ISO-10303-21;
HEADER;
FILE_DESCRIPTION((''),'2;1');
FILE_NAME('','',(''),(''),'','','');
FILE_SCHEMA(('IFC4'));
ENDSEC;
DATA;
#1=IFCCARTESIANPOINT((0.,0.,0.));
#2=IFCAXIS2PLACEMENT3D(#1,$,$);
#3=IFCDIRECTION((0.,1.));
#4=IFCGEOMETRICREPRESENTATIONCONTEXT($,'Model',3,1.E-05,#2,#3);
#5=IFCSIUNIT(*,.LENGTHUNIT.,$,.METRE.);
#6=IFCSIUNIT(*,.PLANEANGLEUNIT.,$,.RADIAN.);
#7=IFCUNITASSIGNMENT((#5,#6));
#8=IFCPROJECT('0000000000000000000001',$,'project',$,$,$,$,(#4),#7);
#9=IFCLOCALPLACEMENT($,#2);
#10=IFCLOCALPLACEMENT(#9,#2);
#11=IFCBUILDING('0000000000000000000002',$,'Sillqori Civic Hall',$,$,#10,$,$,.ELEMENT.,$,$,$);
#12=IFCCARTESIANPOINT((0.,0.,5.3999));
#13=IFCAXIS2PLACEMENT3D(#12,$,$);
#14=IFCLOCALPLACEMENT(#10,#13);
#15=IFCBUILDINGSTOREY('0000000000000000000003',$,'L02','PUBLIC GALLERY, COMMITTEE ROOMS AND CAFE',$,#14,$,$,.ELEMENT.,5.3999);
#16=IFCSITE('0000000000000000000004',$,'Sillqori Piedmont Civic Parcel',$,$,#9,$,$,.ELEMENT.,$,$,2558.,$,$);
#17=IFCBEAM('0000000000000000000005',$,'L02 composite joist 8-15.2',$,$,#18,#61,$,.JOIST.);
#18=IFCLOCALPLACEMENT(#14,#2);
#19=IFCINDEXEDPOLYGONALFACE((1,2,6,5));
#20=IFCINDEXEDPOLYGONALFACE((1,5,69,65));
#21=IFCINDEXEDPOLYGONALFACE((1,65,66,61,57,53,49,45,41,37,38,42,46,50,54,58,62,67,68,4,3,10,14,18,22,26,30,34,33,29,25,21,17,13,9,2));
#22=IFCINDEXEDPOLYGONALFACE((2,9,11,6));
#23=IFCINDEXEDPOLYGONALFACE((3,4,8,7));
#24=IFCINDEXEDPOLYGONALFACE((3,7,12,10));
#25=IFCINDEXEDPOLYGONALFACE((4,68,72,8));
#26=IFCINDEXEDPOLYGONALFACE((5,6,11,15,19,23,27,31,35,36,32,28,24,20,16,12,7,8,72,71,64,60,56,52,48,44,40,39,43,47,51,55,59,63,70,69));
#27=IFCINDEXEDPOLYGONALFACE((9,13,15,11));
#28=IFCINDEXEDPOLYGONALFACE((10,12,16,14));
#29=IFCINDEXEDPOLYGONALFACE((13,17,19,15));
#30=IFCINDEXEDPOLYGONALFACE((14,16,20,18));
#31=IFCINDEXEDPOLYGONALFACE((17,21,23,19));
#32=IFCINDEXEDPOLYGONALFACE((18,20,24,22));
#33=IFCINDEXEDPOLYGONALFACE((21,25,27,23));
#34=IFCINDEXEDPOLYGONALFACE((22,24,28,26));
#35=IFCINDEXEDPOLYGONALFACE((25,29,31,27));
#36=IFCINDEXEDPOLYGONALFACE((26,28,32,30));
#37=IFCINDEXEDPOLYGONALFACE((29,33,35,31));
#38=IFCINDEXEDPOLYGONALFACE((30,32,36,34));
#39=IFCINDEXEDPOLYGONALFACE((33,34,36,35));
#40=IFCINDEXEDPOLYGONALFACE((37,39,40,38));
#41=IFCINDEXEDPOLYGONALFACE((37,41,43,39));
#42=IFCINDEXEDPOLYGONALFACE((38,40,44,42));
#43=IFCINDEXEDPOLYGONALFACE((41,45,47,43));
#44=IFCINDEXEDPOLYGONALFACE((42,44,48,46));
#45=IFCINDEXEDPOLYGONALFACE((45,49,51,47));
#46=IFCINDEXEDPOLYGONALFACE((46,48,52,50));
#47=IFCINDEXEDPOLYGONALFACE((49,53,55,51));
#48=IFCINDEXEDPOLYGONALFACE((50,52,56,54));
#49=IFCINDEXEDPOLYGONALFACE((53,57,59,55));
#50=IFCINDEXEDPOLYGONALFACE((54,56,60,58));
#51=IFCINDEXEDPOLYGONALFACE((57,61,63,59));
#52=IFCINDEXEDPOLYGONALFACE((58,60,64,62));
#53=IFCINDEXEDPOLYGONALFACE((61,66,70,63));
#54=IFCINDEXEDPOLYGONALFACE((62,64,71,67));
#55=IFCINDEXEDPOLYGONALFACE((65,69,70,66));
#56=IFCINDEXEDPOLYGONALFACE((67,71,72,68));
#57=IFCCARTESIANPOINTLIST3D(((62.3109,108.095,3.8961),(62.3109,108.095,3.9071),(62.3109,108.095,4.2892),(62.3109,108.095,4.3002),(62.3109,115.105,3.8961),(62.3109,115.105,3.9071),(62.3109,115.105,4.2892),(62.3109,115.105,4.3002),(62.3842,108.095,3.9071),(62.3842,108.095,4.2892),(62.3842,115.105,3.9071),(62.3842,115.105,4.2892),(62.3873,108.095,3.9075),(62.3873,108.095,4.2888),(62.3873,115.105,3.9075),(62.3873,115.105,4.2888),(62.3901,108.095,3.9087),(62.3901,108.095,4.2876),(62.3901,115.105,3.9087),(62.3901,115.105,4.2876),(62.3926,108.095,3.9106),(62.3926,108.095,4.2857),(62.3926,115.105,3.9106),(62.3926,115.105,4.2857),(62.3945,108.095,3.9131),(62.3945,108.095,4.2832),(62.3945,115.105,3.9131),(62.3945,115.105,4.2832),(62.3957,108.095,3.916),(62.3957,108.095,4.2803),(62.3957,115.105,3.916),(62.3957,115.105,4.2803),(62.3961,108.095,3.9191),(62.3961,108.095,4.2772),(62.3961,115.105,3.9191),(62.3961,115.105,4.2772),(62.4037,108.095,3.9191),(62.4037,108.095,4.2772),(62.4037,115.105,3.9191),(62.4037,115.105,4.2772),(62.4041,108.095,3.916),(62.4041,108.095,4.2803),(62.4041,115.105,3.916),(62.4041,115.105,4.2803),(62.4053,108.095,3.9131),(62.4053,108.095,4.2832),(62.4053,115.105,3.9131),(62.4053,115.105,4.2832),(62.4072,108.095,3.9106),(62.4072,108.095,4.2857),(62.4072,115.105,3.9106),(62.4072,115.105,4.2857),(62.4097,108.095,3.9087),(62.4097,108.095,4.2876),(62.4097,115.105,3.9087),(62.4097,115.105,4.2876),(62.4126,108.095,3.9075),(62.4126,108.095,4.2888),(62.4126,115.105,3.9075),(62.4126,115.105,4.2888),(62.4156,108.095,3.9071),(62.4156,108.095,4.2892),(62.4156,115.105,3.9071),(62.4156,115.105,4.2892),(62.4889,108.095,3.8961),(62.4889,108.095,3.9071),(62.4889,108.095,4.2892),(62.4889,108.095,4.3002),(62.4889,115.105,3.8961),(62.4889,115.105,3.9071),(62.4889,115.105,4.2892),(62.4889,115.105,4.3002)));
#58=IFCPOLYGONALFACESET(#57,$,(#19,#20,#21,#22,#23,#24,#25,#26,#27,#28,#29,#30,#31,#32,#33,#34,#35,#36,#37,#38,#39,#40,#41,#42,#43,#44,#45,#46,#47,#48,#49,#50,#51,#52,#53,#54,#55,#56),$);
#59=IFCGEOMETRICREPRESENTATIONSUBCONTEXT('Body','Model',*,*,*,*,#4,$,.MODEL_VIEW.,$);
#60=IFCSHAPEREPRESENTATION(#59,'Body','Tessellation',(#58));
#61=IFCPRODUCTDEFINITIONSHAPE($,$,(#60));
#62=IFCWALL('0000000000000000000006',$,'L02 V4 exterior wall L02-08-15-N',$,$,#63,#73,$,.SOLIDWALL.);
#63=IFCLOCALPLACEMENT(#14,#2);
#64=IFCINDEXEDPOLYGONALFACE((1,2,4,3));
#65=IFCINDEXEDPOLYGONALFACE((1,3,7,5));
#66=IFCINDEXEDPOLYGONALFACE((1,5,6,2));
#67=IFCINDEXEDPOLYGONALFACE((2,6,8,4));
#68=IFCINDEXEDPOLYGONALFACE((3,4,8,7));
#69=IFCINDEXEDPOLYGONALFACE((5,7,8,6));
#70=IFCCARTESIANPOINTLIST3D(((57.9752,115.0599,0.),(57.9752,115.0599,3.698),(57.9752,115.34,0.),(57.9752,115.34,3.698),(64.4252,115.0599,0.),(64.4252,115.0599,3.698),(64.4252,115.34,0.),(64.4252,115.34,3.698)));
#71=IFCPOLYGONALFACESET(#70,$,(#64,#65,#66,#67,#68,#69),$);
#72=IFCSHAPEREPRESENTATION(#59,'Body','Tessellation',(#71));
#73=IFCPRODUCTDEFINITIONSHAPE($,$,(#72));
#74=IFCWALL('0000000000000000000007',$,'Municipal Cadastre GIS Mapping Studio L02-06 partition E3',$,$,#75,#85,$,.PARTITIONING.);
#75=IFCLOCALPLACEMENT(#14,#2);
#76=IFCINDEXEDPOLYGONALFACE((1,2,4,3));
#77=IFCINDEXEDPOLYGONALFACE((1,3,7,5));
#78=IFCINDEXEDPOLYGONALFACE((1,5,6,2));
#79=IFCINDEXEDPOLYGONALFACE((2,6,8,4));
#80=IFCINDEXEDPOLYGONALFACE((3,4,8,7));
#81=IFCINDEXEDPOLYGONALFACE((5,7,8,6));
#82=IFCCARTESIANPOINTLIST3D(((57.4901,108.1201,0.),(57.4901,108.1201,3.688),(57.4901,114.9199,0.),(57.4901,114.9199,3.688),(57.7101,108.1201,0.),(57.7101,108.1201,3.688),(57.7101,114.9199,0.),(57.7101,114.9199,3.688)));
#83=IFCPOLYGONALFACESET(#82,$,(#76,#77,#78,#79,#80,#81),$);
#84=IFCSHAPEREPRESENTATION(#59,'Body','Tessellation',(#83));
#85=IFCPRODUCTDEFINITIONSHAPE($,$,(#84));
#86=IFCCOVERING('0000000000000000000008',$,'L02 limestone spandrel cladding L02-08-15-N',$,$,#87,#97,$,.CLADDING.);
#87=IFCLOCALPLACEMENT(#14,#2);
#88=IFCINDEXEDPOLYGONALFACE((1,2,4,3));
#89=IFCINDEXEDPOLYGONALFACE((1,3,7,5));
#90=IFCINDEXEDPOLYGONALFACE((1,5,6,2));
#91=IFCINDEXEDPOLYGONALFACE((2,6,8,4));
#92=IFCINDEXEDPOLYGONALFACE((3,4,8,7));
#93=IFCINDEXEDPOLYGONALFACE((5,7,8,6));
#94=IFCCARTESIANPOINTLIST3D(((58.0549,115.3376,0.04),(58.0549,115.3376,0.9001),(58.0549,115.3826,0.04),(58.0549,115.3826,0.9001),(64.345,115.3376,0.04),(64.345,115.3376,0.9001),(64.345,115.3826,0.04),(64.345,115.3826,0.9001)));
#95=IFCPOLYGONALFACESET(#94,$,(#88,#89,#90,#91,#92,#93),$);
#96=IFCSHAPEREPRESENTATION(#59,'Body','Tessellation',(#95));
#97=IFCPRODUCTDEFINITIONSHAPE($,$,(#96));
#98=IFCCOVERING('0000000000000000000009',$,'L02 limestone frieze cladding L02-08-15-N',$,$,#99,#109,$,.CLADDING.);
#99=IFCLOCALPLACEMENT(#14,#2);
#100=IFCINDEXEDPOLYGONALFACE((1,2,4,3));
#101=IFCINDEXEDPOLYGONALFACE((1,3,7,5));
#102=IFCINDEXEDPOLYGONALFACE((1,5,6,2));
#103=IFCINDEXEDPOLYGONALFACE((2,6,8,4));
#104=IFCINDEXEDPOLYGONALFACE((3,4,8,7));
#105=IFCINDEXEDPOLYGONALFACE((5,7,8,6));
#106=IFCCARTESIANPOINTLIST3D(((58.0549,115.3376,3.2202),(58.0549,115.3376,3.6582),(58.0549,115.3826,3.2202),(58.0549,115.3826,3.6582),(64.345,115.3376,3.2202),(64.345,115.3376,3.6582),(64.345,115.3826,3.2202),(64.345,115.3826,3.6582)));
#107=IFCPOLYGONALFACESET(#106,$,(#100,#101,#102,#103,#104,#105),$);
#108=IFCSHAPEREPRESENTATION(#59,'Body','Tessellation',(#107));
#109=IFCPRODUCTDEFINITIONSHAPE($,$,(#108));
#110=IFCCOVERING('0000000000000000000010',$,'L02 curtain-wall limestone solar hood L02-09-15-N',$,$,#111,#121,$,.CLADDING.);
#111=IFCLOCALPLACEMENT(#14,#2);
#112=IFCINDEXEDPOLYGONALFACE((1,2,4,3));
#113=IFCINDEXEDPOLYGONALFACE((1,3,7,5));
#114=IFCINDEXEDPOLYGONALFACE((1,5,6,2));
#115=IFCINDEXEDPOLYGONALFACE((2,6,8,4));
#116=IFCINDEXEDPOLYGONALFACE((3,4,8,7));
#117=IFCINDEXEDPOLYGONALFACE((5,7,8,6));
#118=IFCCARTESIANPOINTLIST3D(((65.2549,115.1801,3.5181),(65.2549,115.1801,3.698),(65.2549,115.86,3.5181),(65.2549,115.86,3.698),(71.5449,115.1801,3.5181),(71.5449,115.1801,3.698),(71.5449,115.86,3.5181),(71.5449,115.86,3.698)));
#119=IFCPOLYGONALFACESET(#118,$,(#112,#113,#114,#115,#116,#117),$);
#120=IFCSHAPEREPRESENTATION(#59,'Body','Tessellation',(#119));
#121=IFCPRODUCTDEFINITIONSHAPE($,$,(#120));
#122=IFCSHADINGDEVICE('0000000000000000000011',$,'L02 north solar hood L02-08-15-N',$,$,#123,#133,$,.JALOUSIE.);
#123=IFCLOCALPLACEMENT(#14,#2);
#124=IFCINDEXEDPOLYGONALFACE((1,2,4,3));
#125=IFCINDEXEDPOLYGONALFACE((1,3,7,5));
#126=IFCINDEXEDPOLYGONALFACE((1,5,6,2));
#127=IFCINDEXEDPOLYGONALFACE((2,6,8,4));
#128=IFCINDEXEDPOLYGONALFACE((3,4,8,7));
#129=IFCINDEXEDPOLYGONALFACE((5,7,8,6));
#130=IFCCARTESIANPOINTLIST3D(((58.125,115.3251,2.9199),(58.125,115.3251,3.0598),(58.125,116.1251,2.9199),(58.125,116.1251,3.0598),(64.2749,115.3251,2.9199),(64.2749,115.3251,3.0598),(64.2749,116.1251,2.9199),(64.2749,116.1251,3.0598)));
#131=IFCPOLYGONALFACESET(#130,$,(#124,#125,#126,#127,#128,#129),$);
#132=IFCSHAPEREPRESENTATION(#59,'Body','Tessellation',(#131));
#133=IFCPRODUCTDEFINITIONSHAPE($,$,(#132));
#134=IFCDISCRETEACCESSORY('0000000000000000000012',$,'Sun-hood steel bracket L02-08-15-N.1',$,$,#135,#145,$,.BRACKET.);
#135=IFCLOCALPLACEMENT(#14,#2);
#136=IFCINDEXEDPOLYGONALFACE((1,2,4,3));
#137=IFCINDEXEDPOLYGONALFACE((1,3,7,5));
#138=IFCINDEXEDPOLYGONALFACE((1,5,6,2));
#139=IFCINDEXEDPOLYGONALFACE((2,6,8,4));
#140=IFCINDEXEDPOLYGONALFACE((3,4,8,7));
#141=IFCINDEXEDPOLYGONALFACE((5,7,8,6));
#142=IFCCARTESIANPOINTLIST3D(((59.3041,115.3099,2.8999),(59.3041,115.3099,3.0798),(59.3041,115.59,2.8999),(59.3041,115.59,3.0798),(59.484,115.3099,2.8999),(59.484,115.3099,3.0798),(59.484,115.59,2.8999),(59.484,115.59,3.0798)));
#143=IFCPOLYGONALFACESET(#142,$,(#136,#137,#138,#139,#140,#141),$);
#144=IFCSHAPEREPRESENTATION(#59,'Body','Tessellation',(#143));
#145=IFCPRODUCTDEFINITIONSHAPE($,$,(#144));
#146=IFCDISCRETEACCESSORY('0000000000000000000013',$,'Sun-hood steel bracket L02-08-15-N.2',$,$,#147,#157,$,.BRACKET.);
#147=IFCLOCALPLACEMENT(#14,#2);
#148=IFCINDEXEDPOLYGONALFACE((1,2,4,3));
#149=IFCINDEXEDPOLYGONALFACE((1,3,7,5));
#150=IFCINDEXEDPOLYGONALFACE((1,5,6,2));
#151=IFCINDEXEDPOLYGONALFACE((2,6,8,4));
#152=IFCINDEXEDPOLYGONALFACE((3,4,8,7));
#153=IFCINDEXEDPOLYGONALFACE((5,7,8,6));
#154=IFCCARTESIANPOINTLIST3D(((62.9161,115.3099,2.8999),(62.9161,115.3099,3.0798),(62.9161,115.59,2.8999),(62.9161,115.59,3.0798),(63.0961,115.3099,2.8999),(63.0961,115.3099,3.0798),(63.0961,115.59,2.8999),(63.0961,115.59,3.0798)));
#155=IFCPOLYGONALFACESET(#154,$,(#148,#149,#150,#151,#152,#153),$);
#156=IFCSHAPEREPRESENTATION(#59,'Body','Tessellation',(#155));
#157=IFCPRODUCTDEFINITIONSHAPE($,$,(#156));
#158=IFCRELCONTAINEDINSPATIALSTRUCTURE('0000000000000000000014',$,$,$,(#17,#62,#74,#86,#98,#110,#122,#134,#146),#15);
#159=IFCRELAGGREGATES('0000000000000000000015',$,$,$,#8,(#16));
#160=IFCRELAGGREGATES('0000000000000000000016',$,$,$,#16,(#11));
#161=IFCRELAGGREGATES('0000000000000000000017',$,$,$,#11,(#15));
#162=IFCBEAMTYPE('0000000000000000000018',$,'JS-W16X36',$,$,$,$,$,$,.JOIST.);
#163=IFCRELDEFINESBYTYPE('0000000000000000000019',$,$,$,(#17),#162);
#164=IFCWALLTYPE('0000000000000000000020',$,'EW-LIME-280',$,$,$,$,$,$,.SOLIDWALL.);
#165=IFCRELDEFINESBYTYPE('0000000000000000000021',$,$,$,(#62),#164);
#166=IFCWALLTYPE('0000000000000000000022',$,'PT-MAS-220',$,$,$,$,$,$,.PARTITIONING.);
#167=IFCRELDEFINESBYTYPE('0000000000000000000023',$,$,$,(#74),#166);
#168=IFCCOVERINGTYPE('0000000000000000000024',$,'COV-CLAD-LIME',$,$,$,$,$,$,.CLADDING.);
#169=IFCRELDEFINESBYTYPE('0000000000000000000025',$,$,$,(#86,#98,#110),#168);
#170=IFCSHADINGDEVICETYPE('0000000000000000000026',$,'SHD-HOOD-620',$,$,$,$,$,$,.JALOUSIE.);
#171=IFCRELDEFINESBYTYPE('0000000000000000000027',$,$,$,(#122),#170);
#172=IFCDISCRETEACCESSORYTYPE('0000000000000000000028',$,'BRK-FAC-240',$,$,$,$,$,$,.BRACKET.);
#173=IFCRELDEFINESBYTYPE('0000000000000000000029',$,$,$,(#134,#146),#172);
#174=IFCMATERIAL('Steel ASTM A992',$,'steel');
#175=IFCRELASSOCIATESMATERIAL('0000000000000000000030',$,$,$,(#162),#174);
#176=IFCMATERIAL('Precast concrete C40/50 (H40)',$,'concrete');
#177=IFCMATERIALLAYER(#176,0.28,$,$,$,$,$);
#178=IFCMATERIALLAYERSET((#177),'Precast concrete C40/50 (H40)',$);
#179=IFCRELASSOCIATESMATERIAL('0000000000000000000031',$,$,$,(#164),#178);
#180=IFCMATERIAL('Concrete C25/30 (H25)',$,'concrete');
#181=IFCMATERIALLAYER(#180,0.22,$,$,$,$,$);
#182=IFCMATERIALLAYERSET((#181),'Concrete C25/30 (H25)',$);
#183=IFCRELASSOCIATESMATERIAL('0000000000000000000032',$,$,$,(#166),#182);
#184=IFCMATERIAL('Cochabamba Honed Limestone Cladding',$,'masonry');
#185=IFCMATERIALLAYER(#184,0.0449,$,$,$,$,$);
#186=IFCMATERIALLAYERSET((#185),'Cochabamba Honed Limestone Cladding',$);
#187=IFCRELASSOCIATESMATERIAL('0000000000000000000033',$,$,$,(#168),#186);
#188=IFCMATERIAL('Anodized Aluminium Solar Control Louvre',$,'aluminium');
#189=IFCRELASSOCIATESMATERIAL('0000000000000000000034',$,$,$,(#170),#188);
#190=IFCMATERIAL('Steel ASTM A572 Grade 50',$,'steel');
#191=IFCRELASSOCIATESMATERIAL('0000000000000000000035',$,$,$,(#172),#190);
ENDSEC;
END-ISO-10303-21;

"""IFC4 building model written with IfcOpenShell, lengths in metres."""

from ifc_helpers import new_model, si_unit, direction, frame, frame_2d, origin, origin_2d, place, context, subcontext, project, spatial, rectangle, i_section, extrude, material, layer, layer_set, material_profile, profile_set, type_object, element, save


model = new_model("IFC4")

# Units and contexts
model_context = context("Model", 3, precision=1e-05, world=origin(), true_north=direction((0.0, 1.0)))
body_context = subcontext(model_context, "Body", "Model", "MODEL_VIEW")
ifc_project = project(units=[si_unit("LENGTHUNIT", "METRE"), si_unit("PLANEANGLEUNIT", "RADIAN")], contexts=[model_context])

# Site, building, storey
site_placement = place(None, origin())
site = spatial("IfcSite", under=ifc_project, at=site_placement, Name="Sillqori Piedmont Civic Parcel", CompositionType="ELEMENT", RefElevation=2558.0)
building_placement = place(site_placement, origin())
building = spatial("IfcBuilding", under=site, at=building_placement, Name="Sillqori Civic Hall", CompositionType="ELEMENT")
storey_placement = place(building_placement, frame((0.0, 0.0, 5.3999)))
storey = spatial("IfcBuildingStorey", under=building, at=storey_placement, Name="L02", Description="PUBLIC GALLERY, COMMITTEE ROOMS AND CAFE", CompositionType="ELEMENT", Elevation=5.3999)

# Shared definitions
ifc_material_1 = material(Name="Steel ASTM A992", Category="steel")

# Beam
ifc_material_profile_1 = material_profile(ifc_material_1, i_section(OverallWidth=0.178, OverallDepth=0.4041, WebThickness=0.0076, FlangeThickness=0.011, FilletRadius=0.012, at=origin_2d()), Name="W16X36")
ifc_profile_set_1 = profile_set([ifc_material_profile_1], Name="Steel ASTM A992")
beam_type_1 = type_object("IfcBeamType", Name="JS-W16X36", PredefinedType="JOIST", material=ifc_profile_set_1)
for number, where, z_axis, x_axis, name in (
    (1, (62.3999, 108.095, 4.0981), (0.0, 1.0, 0.0), (-1.0, 0.0, 0.0), "L02 composite joist 8-15.2"),
):
    element("IfcBeam", number, at=place(storey_placement, frame(where, z_axis=z_axis, x_axis=x_axis)), inside=storey, type_object=beam_type_1, Name=name, PredefinedType="JOIST", context=body_context, shape_type="SweptSolid", body=[
        extrude(i_section(OverallWidth=0.178, OverallDepth=0.4041, WebThickness=0.0076, FlangeThickness=0.011, FilletRadius=0.012, at=origin_2d()), origin(), (0.0, 0.0, 1.0), 7.01),
    ])

# Walls
ifc_material_2 = material(Name="Precast concrete C40/50 (H40)", Category="concrete")
ifc_layer_1 = layer(ifc_material_2, 0.28)
ifc_layer_set_1 = layer_set([ifc_layer_1], Name="Precast concrete C40/50 (H40)")
wall_type_1 = type_object("IfcWallType", Name="EW-LIME-280", PredefinedType="SOLIDWALL", material=ifc_layer_set_1)
wall_1_placement = place(storey_placement, frame((57.9751, 115.2, 0.0), z_axis=(0.0, 0.0, 1.0), x_axis=(1.0, 0.0, 0.0)))
element("IfcWall", 2, at=wall_1_placement, inside=storey, type_object=wall_type_1, Name="L02 V4 exterior wall L02-08-15-N", PredefinedType="SOLIDWALL", context=body_context, shape_type="SweptSolid", body=[
    extrude(rectangle(XDim=6.45, YDim=0.28, at=frame_2d((3.2251, 0.0))), origin(), (0.0, 0.0, 1.0), 3.698),
])
ifc_material_3 = material(Name="Concrete C25/30 (H25)", Category="concrete")
ifc_layer_2 = layer(ifc_material_3, 0.22)
ifc_layer_set_2 = layer_set([ifc_layer_2], Name="Concrete C25/30 (H25)")
wall_type_2 = type_object("IfcWallType", Name="PT-MAS-220", PredefinedType="PARTITIONING", material=ifc_layer_set_2)
wall_2_placement = place(storey_placement, frame((57.6001, 114.9199, 0.0), z_axis=(0.0, 0.0, 1.0), x_axis=(0.0, -1.0, 0.0)))
element("IfcWall", 3, at=wall_2_placement, inside=storey, type_object=wall_type_2, Name="Municipal Cadastre GIS Mapping Studio L02-06 partition E3", PredefinedType="PARTITIONING", context=body_context, shape_type="SweptSolid", body=[
    extrude(rectangle(XDim=6.7998, YDim=0.22, at=frame_2d((3.3999, 0.0))), origin(), (0.0, 0.0, 1.0), 3.688),
])

# Coverings
ifc_material_4 = material(Name="Cochabamba Honed Limestone Cladding", Category="masonry")
ifc_layer_3 = layer(ifc_material_4, 0.0449)
ifc_layer_set_3 = layer_set([ifc_layer_3], Name="Cochabamba Honed Limestone Cladding")
covering_type = type_object("IfcCoveringType", Name="COV-CLAD-LIME", PredefinedType="CLADDING", material=ifc_layer_set_3)
covering_1_placement = place(storey_placement, frame((58.0549, 115.3601, 0.04), z_axis=(0.0, 0.0, 1.0), x_axis=(1.0, 0.0, 0.0)))
element("IfcCovering", 4, at=covering_1_placement, inside=storey, type_object=covering_type, Name="L02 limestone spandrel cladding L02-08-15-N", PredefinedType="CLADDING", context=body_context, shape_type="SweptSolid", body=[
    extrude(rectangle(XDim=6.29, YDim=0.0449, at=frame_2d((3.145, 0.0))), origin(), (0.0, 0.0, 1.0), 0.8601),
])
covering_2_placement = place(storey_placement, frame((58.0549, 115.3601, 3.2202), z_axis=(0.0, 0.0, 1.0), x_axis=(1.0, 0.0, 0.0)))
element("IfcCovering", 5, at=covering_2_placement, inside=storey, type_object=covering_type, Name="L02 limestone frieze cladding L02-08-15-N", PredefinedType="CLADDING", context=body_context, shape_type="SweptSolid", body=[
    extrude(rectangle(XDim=6.29, YDim=0.0449, at=frame_2d((3.145, 0.0))), origin(), (0.0, 0.0, 1.0), 0.438),
])
covering_3_placement = place(storey_placement, frame((65.2549, 115.52, 3.5181), z_axis=(0.0, 0.0, 1.0), x_axis=(1.0, 0.0, 0.0)))
element("IfcCovering", 6, at=covering_3_placement, inside=storey, type_object=covering_type, Name="L02 curtain-wall limestone solar hood L02-09-15-N", PredefinedType="CLADDING", context=body_context, shape_type="SweptSolid", body=[
    extrude(rectangle(XDim=6.29, YDim=0.6799, at=frame_2d((3.145, 0.0))), origin(), (0.0, 0.0, 1.0), 0.1799),
])

# Shading device
ifc_material_5 = material(Name="Anodized Aluminium Solar Control Louvre", Category="aluminium")
shading_device_type = type_object("IfcShadingDeviceType", Name="SHD-HOOD-620", PredefinedType="JALOUSIE", material=ifc_material_5)
shading_device_placement = place(storey_placement, frame((61.2, 115.7251, 2.9199), z_axis=(0.0, 0.0, 1.0), x_axis=(1.0, 0.0, 0.0)))
element("IfcShadingDevice", 7, at=shading_device_placement, inside=storey, type_object=shading_device_type, Name="L02 north solar hood L02-08-15-N", PredefinedType="JALOUSIE", context=body_context, shape_type="SweptSolid", body=[
    extrude(rectangle(XDim=6.1499, YDim=0.8, at=origin_2d()), origin(), (0.0, 0.0, 1.0), 0.1399),
])

# Discrete accessories
ifc_material_6 = material(Name="Steel ASTM A572 Grade 50", Category="steel")
discrete_accessory_type = type_object("IfcDiscreteAccessoryType", Name="BRK-FAC-240", PredefinedType="BRACKET", material=ifc_material_6)
for number, where, z_axis, x_axis, name in (
    (8, (59.394, 115.45, 2.8999), (0.0, 0.0, 1.0), (1.0, 0.0, 0.0), "Sun-hood steel bracket L02-08-15-N.1"),
    (9, (63.0061, 115.45, 2.8999), (0.0, 0.0, 1.0), (1.0, 0.0, 0.0), "Sun-hood steel bracket L02-08-15-N.2"),
):
    element("IfcDiscreteAccessory", number, at=place(storey_placement, frame(where, z_axis=z_axis, x_axis=x_axis)), inside=storey, type_object=discrete_accessory_type, Name=name, PredefinedType="BRACKET", context=body_context, shape_type="SweptSolid", body=[
        extrude(rectangle(XDim=0.1799, YDim=0.28, at=origin_2d()), origin(), (0.0, 0.0, 1.0), 0.1799),
    ])

save(model, "model.ifc")
